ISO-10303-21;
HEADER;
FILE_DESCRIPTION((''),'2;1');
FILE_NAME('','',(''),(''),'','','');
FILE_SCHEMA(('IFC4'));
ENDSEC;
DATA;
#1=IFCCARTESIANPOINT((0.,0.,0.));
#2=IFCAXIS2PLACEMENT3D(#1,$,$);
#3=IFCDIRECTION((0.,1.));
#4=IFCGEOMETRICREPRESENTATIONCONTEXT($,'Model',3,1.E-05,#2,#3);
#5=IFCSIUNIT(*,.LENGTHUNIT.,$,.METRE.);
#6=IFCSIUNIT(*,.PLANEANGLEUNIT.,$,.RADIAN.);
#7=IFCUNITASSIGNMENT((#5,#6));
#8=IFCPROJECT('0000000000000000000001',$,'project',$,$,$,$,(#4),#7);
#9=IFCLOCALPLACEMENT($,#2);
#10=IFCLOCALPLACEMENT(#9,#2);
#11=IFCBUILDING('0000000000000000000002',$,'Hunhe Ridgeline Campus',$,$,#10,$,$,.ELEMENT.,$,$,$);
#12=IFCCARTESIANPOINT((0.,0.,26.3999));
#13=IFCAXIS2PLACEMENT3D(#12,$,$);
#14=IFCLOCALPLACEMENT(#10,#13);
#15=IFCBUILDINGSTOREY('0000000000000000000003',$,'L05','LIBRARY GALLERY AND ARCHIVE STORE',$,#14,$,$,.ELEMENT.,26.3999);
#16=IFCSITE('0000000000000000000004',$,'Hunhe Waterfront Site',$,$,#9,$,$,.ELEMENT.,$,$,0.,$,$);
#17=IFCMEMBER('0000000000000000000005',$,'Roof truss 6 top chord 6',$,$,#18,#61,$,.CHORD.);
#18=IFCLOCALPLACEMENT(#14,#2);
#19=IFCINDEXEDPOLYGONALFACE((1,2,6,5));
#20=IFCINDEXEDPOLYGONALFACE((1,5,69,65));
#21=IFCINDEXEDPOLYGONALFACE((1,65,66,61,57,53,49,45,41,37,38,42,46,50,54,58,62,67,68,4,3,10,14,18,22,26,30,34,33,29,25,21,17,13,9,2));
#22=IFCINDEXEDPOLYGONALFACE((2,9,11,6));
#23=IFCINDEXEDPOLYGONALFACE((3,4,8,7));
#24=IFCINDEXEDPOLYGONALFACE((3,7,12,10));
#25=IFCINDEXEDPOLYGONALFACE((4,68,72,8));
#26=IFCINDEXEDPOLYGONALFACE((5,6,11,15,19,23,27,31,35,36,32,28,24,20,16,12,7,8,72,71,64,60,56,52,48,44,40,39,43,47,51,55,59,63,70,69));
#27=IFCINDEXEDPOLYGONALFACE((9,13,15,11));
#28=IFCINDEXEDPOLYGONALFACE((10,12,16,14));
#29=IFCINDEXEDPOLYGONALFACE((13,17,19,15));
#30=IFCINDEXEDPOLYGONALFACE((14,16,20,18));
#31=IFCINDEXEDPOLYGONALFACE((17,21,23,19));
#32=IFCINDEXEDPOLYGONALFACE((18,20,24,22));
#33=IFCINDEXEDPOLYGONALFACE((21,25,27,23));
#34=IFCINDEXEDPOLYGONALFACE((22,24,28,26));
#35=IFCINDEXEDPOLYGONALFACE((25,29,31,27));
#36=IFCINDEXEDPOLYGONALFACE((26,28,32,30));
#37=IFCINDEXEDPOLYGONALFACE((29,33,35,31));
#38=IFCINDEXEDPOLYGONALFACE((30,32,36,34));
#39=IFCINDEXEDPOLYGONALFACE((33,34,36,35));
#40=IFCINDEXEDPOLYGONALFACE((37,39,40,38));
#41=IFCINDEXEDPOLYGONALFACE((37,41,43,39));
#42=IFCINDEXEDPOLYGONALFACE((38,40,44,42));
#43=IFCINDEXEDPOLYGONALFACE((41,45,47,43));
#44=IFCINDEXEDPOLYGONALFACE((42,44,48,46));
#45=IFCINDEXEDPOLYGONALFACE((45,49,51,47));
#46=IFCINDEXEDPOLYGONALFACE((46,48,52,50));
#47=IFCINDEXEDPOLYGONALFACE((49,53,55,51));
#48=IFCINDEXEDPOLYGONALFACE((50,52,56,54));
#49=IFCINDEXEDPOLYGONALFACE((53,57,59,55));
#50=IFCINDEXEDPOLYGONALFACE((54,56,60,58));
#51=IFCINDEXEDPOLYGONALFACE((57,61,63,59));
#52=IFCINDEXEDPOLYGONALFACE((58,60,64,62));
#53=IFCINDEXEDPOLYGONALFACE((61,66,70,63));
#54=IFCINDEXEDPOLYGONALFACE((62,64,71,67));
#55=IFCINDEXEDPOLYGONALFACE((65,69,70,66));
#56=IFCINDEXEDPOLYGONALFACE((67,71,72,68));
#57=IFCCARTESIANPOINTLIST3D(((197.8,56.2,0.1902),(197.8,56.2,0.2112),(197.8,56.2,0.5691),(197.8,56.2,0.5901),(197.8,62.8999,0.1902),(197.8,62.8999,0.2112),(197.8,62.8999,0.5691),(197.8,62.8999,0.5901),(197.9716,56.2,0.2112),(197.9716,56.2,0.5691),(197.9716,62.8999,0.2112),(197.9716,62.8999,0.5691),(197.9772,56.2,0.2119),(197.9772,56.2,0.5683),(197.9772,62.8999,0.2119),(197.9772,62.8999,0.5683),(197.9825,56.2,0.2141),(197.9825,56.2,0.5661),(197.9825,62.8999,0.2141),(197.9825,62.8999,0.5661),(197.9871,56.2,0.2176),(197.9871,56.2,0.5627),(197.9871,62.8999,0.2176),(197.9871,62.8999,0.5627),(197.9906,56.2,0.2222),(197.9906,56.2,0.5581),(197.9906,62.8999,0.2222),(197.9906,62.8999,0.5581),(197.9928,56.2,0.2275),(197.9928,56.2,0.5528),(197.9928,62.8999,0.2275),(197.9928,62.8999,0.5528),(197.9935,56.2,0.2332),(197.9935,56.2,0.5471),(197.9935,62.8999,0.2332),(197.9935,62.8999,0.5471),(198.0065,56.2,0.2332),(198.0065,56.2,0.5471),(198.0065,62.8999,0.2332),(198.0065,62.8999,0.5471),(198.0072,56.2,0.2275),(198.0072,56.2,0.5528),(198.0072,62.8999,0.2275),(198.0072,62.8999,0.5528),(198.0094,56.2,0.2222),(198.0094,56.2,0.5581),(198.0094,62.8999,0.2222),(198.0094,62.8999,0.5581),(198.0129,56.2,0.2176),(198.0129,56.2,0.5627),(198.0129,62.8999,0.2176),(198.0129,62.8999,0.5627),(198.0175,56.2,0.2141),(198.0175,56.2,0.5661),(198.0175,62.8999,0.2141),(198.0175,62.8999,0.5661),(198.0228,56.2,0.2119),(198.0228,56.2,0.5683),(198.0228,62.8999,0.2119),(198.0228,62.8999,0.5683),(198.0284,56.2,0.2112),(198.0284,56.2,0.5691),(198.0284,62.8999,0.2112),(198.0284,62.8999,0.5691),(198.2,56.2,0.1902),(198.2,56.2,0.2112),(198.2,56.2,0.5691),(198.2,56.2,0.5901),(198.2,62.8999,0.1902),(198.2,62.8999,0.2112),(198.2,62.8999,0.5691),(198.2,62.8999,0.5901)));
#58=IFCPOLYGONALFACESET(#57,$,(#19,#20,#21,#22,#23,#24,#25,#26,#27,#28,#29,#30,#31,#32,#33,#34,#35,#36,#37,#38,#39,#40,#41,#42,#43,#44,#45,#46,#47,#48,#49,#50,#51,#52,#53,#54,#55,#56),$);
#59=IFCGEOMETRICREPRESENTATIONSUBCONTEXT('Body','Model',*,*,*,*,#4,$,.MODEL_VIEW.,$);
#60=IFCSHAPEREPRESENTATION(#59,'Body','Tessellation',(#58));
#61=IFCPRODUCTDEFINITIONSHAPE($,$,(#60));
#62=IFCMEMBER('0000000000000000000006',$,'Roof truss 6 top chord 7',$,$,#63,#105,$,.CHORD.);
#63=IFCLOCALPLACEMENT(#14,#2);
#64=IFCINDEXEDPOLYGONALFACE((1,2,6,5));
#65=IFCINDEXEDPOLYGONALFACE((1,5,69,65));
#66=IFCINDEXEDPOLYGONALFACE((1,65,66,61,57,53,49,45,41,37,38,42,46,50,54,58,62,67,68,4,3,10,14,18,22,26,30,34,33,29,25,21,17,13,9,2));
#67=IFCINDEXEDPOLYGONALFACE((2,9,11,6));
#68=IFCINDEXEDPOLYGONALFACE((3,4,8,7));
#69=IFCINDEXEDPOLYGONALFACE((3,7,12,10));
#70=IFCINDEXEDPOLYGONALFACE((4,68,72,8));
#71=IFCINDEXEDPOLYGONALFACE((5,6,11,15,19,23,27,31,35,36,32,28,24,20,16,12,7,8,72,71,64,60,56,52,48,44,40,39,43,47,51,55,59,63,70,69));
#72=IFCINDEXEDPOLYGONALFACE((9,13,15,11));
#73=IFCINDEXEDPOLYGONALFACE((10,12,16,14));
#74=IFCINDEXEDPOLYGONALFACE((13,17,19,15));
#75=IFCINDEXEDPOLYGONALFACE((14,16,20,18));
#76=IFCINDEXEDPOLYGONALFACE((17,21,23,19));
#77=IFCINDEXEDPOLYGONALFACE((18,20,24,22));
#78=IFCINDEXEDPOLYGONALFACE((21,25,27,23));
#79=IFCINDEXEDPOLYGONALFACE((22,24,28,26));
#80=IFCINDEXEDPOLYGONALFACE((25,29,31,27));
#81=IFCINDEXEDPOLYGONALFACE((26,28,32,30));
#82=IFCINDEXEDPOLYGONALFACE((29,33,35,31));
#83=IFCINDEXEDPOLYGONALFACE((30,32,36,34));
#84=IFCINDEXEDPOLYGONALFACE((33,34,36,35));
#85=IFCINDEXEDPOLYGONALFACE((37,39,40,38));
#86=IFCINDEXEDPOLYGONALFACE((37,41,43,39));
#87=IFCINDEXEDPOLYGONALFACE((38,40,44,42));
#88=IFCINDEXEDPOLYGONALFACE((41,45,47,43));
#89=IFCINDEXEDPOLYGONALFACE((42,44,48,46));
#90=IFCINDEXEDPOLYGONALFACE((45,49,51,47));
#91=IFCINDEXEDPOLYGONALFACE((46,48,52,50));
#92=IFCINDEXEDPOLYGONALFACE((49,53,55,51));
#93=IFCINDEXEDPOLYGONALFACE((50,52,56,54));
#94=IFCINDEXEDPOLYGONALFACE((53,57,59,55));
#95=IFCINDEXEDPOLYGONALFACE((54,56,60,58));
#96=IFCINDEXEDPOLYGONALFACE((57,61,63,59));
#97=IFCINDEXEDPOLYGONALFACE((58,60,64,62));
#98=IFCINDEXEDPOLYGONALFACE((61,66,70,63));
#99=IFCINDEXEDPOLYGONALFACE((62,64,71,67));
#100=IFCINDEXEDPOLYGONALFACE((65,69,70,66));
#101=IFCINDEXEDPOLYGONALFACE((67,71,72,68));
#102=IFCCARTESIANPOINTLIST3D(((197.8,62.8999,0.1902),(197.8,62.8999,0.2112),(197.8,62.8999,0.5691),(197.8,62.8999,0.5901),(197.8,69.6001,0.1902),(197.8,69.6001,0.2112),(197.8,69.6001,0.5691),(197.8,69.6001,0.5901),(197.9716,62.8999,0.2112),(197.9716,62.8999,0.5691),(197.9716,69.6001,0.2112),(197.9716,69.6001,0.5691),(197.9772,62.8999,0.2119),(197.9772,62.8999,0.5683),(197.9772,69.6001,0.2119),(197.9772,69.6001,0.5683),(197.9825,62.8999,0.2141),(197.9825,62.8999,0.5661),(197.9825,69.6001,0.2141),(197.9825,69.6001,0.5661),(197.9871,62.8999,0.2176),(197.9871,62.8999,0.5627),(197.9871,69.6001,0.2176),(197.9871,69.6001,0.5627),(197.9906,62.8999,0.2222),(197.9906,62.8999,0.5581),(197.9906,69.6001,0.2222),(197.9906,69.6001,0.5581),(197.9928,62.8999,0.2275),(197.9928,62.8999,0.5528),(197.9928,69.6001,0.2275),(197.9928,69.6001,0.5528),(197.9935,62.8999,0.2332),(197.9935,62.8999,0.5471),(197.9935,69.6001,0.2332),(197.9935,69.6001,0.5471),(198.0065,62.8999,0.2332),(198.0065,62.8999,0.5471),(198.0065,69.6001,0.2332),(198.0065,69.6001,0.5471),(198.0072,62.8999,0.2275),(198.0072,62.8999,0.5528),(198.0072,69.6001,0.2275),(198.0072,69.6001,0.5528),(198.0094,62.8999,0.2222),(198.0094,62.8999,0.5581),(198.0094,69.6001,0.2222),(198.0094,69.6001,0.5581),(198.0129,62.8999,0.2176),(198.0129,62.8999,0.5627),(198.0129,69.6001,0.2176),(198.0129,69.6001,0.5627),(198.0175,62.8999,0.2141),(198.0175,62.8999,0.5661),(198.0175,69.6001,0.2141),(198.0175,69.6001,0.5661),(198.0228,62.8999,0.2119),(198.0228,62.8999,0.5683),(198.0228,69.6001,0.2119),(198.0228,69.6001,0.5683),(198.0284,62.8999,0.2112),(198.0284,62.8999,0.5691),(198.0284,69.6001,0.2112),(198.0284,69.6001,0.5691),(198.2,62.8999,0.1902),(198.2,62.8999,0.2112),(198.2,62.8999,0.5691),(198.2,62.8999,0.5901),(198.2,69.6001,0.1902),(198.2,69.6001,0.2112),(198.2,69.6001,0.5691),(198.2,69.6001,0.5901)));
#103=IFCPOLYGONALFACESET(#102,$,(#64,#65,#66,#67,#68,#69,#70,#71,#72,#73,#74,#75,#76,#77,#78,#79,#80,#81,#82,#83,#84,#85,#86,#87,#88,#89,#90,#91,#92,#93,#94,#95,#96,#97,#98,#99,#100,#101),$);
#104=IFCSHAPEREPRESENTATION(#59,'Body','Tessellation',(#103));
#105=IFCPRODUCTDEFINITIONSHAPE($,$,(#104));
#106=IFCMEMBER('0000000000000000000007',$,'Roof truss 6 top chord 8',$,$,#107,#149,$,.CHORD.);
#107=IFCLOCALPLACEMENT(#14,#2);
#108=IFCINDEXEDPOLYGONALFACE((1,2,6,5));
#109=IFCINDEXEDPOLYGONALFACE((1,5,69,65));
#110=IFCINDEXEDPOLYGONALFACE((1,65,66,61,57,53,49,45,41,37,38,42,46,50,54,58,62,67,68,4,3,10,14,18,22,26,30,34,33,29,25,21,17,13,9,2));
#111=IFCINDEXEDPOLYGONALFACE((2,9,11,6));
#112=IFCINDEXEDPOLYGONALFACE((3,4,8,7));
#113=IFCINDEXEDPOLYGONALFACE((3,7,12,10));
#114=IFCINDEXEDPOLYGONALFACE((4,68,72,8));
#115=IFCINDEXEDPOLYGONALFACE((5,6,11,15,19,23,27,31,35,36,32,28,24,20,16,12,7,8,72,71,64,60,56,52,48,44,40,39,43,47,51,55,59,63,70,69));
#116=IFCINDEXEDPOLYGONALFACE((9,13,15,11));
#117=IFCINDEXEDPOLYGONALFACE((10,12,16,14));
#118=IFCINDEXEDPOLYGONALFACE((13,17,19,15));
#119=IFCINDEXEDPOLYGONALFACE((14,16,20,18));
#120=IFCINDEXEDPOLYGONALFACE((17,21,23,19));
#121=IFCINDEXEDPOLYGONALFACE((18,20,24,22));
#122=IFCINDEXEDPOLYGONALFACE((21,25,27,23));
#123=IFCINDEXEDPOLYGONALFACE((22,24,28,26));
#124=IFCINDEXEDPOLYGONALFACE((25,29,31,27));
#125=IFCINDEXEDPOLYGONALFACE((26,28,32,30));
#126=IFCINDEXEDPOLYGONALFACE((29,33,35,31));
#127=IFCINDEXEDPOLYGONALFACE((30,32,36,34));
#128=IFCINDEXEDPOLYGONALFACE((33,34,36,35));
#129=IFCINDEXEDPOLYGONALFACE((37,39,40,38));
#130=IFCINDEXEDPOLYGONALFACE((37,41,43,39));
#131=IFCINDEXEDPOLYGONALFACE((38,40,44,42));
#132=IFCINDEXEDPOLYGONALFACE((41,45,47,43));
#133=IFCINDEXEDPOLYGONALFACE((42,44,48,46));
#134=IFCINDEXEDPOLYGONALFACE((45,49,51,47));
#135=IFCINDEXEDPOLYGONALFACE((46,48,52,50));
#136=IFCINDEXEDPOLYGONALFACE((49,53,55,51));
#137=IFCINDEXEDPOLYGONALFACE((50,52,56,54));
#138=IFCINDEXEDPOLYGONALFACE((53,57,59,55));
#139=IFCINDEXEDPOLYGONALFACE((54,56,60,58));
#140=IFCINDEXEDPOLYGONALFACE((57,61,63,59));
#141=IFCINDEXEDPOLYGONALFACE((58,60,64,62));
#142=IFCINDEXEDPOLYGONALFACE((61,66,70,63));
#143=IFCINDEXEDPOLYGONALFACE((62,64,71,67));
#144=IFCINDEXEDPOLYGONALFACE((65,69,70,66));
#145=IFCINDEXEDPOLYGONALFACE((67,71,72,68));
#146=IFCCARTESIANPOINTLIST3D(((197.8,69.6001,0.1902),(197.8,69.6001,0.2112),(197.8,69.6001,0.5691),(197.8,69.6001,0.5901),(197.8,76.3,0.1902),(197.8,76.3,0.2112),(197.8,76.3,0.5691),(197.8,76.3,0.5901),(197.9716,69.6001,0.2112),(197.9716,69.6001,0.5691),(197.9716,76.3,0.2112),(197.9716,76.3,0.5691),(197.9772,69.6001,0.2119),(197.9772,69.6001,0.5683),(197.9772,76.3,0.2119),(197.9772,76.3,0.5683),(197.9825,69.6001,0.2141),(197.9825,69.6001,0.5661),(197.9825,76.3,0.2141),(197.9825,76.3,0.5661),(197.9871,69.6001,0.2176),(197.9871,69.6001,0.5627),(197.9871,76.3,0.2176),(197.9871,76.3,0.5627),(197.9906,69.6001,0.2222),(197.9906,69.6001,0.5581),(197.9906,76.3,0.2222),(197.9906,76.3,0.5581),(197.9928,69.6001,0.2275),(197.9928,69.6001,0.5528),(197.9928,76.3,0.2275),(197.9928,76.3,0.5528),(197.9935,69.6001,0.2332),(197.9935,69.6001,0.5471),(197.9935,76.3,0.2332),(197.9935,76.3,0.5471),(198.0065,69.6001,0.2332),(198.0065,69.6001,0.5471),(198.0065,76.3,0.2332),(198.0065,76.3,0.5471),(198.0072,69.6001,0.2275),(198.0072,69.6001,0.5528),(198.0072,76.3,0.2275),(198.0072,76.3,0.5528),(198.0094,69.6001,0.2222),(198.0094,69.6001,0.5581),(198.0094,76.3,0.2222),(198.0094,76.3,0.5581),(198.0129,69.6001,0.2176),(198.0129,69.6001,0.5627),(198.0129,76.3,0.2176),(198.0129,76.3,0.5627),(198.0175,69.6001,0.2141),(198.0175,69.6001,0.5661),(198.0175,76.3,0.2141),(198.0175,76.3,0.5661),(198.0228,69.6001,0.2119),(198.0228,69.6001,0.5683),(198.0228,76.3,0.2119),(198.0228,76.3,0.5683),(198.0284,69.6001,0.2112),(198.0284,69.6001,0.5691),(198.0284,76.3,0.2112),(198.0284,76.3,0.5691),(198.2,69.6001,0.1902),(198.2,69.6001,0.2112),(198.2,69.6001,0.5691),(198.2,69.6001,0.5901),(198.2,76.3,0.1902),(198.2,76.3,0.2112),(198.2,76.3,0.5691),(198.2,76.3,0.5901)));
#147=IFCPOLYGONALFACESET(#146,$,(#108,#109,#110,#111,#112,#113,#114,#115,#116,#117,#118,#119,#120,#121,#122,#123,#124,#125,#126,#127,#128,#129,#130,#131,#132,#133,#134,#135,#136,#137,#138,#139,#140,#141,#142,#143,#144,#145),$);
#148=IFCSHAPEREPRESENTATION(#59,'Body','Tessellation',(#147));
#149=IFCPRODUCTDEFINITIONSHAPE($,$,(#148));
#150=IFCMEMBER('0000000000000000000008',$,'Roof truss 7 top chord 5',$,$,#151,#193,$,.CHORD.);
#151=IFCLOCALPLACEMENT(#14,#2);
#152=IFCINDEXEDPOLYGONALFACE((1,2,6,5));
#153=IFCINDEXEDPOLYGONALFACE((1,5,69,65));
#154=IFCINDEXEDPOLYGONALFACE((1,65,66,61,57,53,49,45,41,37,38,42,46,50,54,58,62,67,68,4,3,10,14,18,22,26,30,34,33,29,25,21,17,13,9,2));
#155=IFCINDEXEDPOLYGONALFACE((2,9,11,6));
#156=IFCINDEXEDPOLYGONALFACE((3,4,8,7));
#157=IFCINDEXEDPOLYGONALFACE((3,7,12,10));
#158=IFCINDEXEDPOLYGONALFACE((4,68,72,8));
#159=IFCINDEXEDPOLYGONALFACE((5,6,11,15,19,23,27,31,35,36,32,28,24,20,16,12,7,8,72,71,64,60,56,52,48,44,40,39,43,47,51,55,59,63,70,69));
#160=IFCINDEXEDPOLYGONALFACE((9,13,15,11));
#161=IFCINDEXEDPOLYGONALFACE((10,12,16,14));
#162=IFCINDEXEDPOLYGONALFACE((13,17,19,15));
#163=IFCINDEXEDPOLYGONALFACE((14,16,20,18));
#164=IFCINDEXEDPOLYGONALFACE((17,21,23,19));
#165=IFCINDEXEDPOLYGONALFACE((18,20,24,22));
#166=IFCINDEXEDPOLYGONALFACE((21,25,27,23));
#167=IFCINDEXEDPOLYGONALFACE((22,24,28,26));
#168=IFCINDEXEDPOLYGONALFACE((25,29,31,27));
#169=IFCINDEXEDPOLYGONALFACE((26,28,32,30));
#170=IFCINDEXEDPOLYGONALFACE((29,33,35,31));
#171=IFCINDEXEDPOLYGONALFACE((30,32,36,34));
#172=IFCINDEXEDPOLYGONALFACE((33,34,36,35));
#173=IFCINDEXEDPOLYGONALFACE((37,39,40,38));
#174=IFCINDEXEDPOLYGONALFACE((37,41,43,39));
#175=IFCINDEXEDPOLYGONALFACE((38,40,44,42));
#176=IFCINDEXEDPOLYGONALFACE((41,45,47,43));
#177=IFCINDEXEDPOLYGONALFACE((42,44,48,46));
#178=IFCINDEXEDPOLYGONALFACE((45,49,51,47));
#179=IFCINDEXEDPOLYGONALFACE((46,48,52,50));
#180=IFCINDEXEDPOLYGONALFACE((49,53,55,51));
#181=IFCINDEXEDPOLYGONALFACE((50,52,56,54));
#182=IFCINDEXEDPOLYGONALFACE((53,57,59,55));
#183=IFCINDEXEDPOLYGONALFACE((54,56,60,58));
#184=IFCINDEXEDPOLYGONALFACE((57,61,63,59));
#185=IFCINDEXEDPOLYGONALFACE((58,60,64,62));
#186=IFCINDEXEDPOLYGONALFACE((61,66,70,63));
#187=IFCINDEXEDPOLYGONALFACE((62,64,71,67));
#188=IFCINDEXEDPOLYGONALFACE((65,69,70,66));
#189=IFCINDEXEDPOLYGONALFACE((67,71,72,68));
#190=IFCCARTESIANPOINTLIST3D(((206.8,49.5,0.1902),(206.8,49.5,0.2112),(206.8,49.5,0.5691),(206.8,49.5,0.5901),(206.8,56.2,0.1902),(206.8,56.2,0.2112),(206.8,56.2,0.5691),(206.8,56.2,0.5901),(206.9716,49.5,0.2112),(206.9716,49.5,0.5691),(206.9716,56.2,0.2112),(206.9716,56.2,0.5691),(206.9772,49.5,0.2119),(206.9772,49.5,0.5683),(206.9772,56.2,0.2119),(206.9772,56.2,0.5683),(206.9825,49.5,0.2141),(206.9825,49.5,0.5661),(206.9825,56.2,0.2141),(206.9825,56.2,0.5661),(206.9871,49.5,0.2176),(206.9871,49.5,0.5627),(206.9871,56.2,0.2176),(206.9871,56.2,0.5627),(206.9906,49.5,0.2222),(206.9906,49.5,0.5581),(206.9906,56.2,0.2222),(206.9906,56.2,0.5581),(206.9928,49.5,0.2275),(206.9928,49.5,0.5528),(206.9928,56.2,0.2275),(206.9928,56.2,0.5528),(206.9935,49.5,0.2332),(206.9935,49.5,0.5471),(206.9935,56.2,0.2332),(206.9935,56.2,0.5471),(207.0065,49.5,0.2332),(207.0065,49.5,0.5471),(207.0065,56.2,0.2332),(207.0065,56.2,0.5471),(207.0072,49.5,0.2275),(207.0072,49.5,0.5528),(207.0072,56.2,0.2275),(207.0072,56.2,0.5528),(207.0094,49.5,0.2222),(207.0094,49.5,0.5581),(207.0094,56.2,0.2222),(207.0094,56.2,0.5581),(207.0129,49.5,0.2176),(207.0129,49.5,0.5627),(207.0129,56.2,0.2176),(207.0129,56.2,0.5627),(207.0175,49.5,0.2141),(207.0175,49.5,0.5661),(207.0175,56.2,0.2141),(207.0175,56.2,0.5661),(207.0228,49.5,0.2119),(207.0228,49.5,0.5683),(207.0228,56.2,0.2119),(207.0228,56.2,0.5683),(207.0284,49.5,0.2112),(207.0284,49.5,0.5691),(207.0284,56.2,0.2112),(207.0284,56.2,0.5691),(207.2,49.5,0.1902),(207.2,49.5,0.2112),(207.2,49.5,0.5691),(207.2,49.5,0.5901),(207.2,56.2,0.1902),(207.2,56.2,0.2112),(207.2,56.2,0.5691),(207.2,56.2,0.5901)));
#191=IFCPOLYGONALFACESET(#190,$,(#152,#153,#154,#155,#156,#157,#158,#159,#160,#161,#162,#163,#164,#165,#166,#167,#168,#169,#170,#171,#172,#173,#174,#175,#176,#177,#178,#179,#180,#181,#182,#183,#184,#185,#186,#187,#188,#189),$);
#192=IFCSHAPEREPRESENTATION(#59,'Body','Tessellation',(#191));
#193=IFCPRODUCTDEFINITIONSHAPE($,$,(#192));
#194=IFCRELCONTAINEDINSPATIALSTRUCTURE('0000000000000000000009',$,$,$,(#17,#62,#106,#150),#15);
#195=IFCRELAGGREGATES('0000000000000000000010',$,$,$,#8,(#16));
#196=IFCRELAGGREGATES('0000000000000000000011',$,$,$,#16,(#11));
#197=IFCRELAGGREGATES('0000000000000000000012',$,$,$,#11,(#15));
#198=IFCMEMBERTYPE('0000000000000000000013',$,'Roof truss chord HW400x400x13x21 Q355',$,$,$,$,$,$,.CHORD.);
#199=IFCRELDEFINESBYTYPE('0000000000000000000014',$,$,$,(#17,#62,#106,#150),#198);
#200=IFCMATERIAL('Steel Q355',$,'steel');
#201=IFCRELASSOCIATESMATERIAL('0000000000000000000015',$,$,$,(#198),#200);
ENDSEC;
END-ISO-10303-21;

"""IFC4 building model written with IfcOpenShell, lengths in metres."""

from ifc_helpers import new_model, si_unit, direction, frame, origin, origin_2d, place, context, subcontext, project, spatial, i_section, extrude, material, material_profile, profile_set, type_object, element, save


model = new_model("IFC4")

# Units and contexts
model_context = context("Model", 3, precision=1e-05, world=origin(), true_north=direction((0.0, 1.0)))
body_context = subcontext(model_context, "Body", "Model", "MODEL_VIEW")
ifc_project = project(units=[si_unit("LENGTHUNIT", "METRE"), si_unit("PLANEANGLEUNIT", "RADIAN")], contexts=[model_context])

# Site, building, storey
site_placement = place(None, origin())
site = spatial("IfcSite", under=ifc_project, at=site_placement, Name="Hunhe Waterfront Site", CompositionType="ELEMENT", RefElevation=0.0)
building_placement = place(site_placement, origin())
building = spatial("IfcBuilding", under=site, at=building_placement, Name="Hunhe Ridgeline Campus", CompositionType="ELEMENT")
storey_placement = place(building_placement, frame((0.0, 0.0, 26.3999)))
storey = spatial("IfcBuildingStorey", under=building, at=storey_placement, Name="L05", Description="LIBRARY GALLERY AND ARCHIVE STORE", CompositionType="ELEMENT", Elevation=26.3999)

# Members
ifc_material = material(Name="Steel Q355", Category="steel")
ifc_material_profile_1 = material_profile(ifc_material, i_section(OverallWidth=0.3999, OverallDepth=0.3999, WebThickness=0.0129, FlangeThickness=0.021, FilletRadius=0.022, at=origin_2d()))
ifc_profile_set_1 = profile_set([ifc_material_profile_1], Name="Steel Q355")
member_type_1 = type_object("IfcMemberType", Name="Roof truss chord HW400x400x13x21 Q355", PredefinedType="CHORD", material=ifc_profile_set_1)
for number, where, z_axis, x_axis, name in (
    (1, (198.0, 56.2, 0.3901), (0.0, 1.0, 0.0), (-1.0, 0.0, 0.0), "Roof truss 6 top chord 6"),
):
    element("IfcMember", number, at=place(storey_placement, frame(where, z_axis=z_axis, x_axis=x_axis)), inside=storey, type_object=member_type_1, Name=name, PredefinedType="CHORD", context=body_context, shape_type="SweptSolid", body=[
        extrude(i_section(OverallWidth=0.3999, OverallDepth=0.3999, WebThickness=0.0129, FlangeThickness=0.021, FilletRadius=0.022, at=origin_2d()), origin(), (0.0, 0.0, 1.0), 6.7),
    ])
member_1_placement = place(storey_placement, frame((198.0, 62.8999, 0.3901), z_axis=(0.0, 1.0, 0.0), x_axis=(-1.0, 0.0, 0.0)))
element("IfcMember", 2, at=member_1_placement, inside=storey, type_object=member_type_1, Name="Roof truss 6 top chord 7", PredefinedType="CHORD", context=body_context, shape_type="SweptSolid", body=[
    extrude(i_section(OverallWidth=0.3999, OverallDepth=0.3999, WebThickness=0.0129, FlangeThickness=0.021, FilletRadius=0.022, at=origin_2d()), origin(), (0.0, 0.0, 1.0), 6.7002),
])
for number, where, z_axis, x_axis, name in (
    (3, (198.0, 69.6001, 0.3901), (0.0, 1.0, 0.0), (-1.0, 0.0, 0.0), "Roof truss 6 top chord 8"),
    (4, (207.0, 49.5, 0.3901), (0.0, 1.0, 0.0), (-1.0, 0.0, 0.0), "Roof truss 7 top chord 5"),
):
    element("IfcMember", number, at=place(storey_placement, frame(where, z_axis=z_axis, x_axis=x_axis)), inside=storey, type_object=member_type_1, Name=name, PredefinedType="CHORD", context=body_context, shape_type="SweptSolid", body=[
        extrude(i_section(OverallWidth=0.3999, OverallDepth=0.3999, WebThickness=0.0129, FlangeThickness=0.021, FilletRadius=0.022, at=origin_2d()), origin(), (0.0, 0.0, 1.0), 6.7),
    ])

save(model, "model.ifc")
